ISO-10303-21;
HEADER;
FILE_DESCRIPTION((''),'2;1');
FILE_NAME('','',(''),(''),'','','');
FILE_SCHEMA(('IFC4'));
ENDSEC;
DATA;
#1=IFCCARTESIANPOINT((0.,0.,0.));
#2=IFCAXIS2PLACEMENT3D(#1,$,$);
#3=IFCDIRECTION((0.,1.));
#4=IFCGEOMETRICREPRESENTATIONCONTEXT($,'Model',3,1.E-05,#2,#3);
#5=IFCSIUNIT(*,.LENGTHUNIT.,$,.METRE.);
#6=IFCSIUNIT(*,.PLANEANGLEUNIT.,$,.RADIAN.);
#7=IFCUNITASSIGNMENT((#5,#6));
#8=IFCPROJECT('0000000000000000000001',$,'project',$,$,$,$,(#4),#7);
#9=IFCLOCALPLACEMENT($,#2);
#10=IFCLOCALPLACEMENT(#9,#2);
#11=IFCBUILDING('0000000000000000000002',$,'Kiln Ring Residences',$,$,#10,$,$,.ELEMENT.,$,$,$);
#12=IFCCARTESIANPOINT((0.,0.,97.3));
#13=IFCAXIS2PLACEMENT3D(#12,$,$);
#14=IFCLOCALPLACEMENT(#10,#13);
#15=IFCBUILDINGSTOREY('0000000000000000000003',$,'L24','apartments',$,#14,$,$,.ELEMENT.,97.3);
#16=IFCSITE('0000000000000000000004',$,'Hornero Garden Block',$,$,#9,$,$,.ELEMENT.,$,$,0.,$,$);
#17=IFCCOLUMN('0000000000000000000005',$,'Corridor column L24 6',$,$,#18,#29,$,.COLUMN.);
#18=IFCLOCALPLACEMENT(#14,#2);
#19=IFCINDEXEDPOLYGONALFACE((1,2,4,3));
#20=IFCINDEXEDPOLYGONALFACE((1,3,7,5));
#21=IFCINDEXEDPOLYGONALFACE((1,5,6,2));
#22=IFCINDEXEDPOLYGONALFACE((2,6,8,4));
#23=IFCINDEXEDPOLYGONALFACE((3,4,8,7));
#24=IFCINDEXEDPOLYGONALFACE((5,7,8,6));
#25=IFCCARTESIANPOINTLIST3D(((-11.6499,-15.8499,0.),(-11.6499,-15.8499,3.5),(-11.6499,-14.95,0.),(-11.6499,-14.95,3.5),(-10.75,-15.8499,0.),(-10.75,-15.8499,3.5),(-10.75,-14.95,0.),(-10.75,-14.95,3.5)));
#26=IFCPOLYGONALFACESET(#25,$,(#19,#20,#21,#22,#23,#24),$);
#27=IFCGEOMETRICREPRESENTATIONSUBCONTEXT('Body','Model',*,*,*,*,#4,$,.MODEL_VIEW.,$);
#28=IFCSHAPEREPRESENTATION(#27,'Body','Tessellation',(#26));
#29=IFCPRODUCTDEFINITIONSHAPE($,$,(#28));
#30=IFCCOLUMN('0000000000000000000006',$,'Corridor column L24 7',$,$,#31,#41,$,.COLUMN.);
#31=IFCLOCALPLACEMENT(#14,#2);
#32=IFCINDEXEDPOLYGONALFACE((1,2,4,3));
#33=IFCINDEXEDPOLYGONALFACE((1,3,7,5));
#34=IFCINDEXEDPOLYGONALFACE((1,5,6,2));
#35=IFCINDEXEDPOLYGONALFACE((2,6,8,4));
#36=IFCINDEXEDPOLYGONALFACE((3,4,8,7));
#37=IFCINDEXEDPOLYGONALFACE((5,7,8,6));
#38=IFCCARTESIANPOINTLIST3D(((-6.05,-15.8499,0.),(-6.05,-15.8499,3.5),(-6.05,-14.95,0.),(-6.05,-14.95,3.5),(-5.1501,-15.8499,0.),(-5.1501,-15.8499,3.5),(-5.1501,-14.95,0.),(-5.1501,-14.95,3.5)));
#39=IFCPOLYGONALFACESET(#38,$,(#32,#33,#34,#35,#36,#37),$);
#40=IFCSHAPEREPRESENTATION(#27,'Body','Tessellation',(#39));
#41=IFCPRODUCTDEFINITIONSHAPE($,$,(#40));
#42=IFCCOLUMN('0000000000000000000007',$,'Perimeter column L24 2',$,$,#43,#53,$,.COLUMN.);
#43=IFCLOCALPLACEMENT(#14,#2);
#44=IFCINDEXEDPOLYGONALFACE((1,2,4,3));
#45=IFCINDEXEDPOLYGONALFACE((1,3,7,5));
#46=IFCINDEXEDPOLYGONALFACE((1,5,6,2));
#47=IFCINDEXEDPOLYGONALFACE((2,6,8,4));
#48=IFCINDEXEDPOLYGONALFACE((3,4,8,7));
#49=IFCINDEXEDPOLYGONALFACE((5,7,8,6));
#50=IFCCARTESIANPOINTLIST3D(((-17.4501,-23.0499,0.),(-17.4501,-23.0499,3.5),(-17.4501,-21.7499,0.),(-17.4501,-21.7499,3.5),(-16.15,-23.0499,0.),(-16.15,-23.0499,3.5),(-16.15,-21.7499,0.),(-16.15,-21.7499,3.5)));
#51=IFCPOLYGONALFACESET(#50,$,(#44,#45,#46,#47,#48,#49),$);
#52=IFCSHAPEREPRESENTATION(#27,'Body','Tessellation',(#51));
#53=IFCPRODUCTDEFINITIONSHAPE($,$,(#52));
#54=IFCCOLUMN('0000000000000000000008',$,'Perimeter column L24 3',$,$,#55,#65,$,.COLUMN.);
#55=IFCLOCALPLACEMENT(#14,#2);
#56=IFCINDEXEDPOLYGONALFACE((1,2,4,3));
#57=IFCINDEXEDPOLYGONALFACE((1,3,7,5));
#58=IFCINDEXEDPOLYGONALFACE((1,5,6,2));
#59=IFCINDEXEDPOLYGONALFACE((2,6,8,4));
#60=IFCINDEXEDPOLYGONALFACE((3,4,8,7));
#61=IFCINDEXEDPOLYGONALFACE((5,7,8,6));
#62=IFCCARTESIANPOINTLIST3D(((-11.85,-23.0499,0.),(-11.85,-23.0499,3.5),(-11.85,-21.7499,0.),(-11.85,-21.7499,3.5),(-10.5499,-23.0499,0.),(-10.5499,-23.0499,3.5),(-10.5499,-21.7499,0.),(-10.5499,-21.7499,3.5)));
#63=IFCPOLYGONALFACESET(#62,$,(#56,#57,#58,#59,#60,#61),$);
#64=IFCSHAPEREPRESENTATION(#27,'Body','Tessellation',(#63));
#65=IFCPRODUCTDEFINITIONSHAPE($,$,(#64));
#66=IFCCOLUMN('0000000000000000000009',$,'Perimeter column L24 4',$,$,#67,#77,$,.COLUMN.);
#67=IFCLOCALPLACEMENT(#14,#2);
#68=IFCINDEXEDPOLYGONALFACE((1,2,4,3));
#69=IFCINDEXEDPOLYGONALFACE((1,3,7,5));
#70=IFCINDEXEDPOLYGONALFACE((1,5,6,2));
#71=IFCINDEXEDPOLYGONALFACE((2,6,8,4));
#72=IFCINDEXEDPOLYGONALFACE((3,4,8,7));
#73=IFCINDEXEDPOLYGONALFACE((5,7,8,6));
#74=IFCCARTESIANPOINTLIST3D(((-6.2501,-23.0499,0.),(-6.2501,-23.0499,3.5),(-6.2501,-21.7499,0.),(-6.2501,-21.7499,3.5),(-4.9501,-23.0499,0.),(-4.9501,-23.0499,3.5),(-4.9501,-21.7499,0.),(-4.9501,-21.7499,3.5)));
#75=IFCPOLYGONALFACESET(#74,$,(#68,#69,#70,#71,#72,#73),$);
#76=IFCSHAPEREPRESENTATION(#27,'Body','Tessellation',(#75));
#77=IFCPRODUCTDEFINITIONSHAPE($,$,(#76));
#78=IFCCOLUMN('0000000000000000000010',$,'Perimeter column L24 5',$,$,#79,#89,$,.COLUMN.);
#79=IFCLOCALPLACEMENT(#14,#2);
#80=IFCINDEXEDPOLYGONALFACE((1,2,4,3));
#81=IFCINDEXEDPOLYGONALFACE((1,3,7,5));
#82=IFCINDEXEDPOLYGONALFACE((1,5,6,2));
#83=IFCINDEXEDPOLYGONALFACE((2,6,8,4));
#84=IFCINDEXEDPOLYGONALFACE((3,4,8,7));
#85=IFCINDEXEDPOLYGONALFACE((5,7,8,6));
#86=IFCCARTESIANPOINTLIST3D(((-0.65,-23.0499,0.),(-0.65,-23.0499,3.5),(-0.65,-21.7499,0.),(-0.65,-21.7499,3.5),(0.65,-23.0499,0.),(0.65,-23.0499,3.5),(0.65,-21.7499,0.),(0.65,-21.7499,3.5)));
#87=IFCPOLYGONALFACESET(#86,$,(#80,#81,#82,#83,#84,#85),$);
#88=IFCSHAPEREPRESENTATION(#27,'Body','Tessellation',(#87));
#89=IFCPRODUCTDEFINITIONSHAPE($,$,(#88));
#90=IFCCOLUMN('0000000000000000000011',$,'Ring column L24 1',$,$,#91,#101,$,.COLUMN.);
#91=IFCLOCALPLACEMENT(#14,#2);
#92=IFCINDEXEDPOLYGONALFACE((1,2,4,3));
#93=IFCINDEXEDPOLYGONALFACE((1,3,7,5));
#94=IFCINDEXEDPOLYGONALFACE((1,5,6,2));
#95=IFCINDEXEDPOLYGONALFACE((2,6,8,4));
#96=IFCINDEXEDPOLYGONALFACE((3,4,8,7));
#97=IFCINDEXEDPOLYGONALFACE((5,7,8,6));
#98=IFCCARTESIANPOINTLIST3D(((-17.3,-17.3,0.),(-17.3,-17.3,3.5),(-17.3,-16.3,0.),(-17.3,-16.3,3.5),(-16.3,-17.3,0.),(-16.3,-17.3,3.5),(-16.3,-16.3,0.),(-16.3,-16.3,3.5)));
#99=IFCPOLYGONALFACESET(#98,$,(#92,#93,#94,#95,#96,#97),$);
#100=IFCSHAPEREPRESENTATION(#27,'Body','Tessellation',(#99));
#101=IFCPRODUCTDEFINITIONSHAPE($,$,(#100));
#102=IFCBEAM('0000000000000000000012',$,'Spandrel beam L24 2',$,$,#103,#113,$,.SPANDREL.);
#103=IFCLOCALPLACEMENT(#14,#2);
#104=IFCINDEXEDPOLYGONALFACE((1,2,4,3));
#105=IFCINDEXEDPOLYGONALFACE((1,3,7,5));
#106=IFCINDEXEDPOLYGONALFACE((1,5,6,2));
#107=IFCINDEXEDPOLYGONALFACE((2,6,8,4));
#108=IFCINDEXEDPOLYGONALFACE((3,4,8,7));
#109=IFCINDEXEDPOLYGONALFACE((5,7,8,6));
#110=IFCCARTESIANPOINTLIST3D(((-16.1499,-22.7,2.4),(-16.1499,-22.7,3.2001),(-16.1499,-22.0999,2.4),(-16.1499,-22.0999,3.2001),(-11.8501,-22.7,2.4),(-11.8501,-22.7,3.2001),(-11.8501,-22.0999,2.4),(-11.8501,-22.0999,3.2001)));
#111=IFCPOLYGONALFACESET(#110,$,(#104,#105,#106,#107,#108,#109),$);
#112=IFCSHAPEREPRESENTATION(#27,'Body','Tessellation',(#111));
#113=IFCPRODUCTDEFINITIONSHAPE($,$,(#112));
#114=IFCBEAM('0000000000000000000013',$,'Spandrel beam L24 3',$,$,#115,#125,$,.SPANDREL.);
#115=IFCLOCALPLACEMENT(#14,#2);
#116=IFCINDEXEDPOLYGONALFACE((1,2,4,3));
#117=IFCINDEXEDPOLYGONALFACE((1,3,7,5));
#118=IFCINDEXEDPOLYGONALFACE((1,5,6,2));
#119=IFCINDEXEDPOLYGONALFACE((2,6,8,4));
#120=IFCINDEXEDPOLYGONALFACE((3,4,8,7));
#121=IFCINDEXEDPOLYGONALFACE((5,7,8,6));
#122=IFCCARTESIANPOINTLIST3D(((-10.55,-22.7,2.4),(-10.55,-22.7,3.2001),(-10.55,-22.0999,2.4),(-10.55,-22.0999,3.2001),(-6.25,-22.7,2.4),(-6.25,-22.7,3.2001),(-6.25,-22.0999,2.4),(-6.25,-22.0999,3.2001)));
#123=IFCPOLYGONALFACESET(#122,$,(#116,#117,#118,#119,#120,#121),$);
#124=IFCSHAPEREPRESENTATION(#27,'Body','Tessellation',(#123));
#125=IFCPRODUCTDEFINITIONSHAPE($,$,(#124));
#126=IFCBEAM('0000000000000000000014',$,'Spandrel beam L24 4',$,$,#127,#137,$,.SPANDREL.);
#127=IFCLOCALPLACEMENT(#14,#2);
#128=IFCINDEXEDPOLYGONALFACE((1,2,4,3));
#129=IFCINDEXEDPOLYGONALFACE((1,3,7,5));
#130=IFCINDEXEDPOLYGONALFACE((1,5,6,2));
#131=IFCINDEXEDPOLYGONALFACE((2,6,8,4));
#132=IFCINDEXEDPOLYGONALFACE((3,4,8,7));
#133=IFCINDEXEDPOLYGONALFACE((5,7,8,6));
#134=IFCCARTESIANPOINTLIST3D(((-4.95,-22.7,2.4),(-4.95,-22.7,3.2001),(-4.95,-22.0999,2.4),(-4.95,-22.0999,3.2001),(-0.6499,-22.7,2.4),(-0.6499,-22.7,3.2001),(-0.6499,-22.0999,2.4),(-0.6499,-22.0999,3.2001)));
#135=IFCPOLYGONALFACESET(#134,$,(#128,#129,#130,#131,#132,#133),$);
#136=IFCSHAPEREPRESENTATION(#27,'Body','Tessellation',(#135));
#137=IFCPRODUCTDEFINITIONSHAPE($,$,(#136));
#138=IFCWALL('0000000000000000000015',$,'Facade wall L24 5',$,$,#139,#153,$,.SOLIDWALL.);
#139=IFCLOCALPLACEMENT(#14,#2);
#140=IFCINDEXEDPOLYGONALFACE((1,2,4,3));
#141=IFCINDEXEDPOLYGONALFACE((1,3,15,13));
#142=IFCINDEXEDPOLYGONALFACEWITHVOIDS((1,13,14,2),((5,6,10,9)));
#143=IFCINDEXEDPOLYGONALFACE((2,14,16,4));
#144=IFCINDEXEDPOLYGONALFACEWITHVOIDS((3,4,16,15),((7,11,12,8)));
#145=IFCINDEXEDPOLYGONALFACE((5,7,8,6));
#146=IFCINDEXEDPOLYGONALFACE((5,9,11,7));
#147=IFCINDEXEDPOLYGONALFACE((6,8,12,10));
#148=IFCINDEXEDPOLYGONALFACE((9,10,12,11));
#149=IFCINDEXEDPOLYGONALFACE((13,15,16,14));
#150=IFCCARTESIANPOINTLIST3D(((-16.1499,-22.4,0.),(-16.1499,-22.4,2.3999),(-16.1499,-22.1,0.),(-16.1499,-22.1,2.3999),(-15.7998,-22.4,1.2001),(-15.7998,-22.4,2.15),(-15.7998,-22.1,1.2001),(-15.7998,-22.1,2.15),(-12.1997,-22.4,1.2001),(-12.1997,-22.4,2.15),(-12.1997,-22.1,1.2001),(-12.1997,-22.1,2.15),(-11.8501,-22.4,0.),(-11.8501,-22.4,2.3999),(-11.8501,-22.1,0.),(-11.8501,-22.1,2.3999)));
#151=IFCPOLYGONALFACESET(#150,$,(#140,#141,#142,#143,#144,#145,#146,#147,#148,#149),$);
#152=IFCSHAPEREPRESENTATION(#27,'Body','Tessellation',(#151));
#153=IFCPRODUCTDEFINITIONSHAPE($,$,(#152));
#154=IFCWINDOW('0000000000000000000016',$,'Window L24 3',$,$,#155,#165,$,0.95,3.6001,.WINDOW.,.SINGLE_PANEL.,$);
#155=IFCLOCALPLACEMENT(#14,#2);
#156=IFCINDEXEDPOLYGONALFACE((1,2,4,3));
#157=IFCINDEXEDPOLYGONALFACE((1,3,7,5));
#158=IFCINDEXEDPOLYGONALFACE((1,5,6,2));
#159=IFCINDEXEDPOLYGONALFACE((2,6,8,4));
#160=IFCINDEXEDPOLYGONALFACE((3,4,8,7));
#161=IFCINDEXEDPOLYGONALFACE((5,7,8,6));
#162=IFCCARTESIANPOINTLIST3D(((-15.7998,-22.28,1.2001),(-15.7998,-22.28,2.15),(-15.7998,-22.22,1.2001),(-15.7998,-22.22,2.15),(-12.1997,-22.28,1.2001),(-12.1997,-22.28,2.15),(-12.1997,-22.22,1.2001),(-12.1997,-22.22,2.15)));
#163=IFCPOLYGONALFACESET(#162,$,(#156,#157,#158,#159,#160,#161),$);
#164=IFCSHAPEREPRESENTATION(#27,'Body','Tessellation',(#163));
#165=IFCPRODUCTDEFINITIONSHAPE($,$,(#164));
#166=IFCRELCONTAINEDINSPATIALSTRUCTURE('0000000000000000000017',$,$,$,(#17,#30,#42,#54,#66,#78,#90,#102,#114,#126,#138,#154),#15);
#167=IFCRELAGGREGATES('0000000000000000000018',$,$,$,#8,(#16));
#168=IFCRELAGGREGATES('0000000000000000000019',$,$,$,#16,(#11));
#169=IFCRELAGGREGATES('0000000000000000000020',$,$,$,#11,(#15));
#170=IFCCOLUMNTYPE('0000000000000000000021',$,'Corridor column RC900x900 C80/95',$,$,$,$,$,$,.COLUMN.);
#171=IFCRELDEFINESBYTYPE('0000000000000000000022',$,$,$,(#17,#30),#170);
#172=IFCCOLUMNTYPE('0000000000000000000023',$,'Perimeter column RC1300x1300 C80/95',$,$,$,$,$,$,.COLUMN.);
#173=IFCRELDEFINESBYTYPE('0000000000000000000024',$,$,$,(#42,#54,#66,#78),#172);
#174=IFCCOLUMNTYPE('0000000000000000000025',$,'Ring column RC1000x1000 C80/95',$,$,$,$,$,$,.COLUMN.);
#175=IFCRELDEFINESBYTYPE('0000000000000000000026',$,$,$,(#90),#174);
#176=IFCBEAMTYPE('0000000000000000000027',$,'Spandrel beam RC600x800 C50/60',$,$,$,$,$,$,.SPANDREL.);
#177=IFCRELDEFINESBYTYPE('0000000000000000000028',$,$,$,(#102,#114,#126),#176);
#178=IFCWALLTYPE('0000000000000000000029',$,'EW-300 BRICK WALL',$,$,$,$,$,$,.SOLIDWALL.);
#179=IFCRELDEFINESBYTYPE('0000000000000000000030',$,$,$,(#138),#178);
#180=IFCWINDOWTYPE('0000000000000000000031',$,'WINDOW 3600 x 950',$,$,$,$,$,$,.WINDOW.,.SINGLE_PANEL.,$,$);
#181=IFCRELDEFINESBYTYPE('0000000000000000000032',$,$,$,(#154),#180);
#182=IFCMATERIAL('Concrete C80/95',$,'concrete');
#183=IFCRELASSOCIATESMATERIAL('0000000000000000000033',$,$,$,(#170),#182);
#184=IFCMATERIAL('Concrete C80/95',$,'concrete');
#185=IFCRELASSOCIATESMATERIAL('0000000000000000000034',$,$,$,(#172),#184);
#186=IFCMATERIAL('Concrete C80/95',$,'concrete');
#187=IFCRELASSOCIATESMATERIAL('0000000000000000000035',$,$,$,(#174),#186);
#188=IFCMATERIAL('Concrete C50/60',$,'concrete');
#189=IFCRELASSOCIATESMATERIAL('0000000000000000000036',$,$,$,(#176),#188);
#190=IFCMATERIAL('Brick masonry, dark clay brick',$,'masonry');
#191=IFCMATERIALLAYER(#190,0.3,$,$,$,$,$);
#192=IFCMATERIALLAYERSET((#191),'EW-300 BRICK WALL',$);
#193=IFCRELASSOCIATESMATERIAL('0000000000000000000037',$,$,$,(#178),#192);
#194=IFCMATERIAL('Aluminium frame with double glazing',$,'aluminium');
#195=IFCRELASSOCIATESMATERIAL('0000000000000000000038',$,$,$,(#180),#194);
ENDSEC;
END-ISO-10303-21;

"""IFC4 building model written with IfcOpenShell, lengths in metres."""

from ifc_helpers import new_model, si_unit, direction, frame, frame_2d, origin, origin_2d, place, context, subcontext, project, spatial, rectangle, extrude, material, layer, layer_set, material_profile, profile_set, type_object, element, fill, save


model = new_model("IFC4")

# Units and contexts
model_context = context("Model", 3, precision=1e-05, world=origin(), true_north=direction((0.0, 1.0)))
body_context = subcontext(model_context, "Body", "Model", "MODEL_VIEW")
ifc_project = project(units=[si_unit("LENGTHUNIT", "METRE"), si_unit("PLANEANGLEUNIT", "RADIAN")], contexts=[model_context])

# Site, building, storey
site_placement = place(None, origin())
site = spatial("IfcSite", under=ifc_project, at=site_placement, Name="Hornero Garden Block", CompositionType="ELEMENT", RefElevation=0.0)
building_placement = place(site_placement, origin())
building = spatial("IfcBuilding", under=site, at=building_placement, Name="Kiln Ring Residences", CompositionType="ELEMENT")
storey_placement = place(building_placement, frame((0.0, 0.0, 97.3)))
storey = spatial("IfcBuildingStorey", under=building, at=storey_placement, Name="L24", Description="apartments", CompositionType="ELEMENT", Elevation=97.3)

# Columns
ifc_material_1 = material(Name="Concrete C80/95", Category="concrete")
ifc_material_profile_1 = material_profile(ifc_material_1, rectangle(XDim=0.8999, YDim=0.8999, at=origin_2d()), Name="RC900x900")
ifc_profile_set_1 = profile_set([ifc_material_profile_1], Name="Concrete C80/95")
column_type_1 = type_object("IfcColumnType", Name="Corridor column RC900x900 C80/95", PredefinedType="COLUMN", material=ifc_profile_set_1)
for number, where, z_axis, x_axis, name in (
    (1, (-11.2, -15.3999, 0.0), (0.0, 0.0, 1.0), (1.0, 0.0, 0.0), "Corridor column L24 6"),
    (2, (-5.6001, -15.3999, 0.0), (0.0, 0.0, 1.0), (1.0, 0.0, 0.0), "Corridor column L24 7"),
):
    element("IfcColumn", number, at=place(storey_placement, frame(where, z_axis=z_axis, x_axis=x_axis)), inside=storey, type_object=column_type_1, Name=name, PredefinedType="COLUMN", context=body_context, shape_type="SweptSolid", body=[
        extrude(rectangle(XDim=0.8999, YDim=0.8999, at=origin_2d()), origin(), (0.0, 0.0, 1.0), 3.5),
    ])
ifc_material_2 = material(Name="Concrete C80/95", Category="concrete")
ifc_material_profile_2 = material_profile(ifc_material_2, rectangle(XDim=1.3, YDim=1.3, at=origin_2d()), Name="RC1300x1300")
ifc_profile_set_2 = profile_set([ifc_material_profile_2], Name="Concrete C80/95")
column_type_2 = type_object("IfcColumnType", Name="Perimeter column RC1300x1300 C80/95", PredefinedType="COLUMN", material=ifc_profile_set_2)
for number, where, z_axis, x_axis, name in (
    (3, (-16.8, -22.3999, 0.0), (0.0, 0.0, 1.0), (1.0, 0.0, 0.0), "Perimeter column L24 2"),
    (4, (-11.2, -22.3999, 0.0), (0.0, 0.0, 1.0), (1.0, 0.0, 0.0), "Perimeter column L24 3"),
    (5, (-5.6001, -22.3999, 0.0), (0.0, 0.0, 1.0), (1.0, 0.0, 0.0), "Perimeter column L24 4"),
    (6, (0.0, -22.3999, 0.0), (0.0, 0.0, 1.0), (1.0, 0.0, 0.0), "Perimeter column L24 5"),
):
    element("IfcColumn", number, at=place(storey_placement, frame(where, z_axis=z_axis, x_axis=x_axis)), inside=storey, type_object=column_type_2, Name=name, PredefinedType="COLUMN", context=body_context, shape_type="SweptSolid", body=[
        extrude(rectangle(XDim=1.3, YDim=1.3, at=origin_2d()), origin(), (0.0, 0.0, 1.0), 3.5),
    ])
ifc_material_3 = material(Name="Concrete C80/95", Category="concrete")
ifc_material_profile_3 = material_profile(ifc_material_3, rectangle(XDim=1.0, YDim=1.0, at=origin_2d()), Name="RC1000x1000")
ifc_profile_set_3 = profile_set([ifc_material_profile_3], Name="Concrete C80/95")
column_type_3 = type_object("IfcColumnType", Name="Ring column RC1000x1000 C80/95", PredefinedType="COLUMN", material=ifc_profile_set_3)
column_placement = place(storey_placement, frame((-16.8, -16.8, 0.0), z_axis=(0.0, 0.0, 1.0), x_axis=(1.0, 0.0, 0.0)))
element("IfcColumn", 7, at=column_placement, inside=storey, type_object=column_type_3, Name="Ring column L24 1", PredefinedType="COLUMN", context=body_context, shape_type="SweptSolid", body=[
    extrude(rectangle(XDim=1.0, YDim=1.0, at=origin_2d()), origin(), (0.0, 0.0, 1.0), 3.5),
])

# Beams
ifc_material_4 = material(Name="Concrete C50/60", Category="concrete")
ifc_material_profile_4 = material_profile(ifc_material_4, rectangle(XDim=0.6001, YDim=0.8, at=origin_2d()), Name="RC600x800")
ifc_profile_set_4 = profile_set([ifc_material_profile_4], Name="Concrete C50/60")
beam_type = type_object("IfcBeamType", Name="Spandrel beam RC600x800 C50/60", PredefinedType="SPANDREL", material=ifc_profile_set_4)
beam_placement = place(storey_placement, frame((-16.1499, -22.3999, 2.8), z_axis=(1.0, 0.0, 0.0), x_axis=(0.0, 1.0, 0.0)))
element("IfcBeam", 8, at=beam_placement, inside=storey, type_object=beam_type, Name="Spandrel beam L24 2", PredefinedType="SPANDREL", context=body_context, shape_type="SweptSolid", body=[
    extrude(rectangle(XDim=0.6001, YDim=0.8, at=origin_2d()), origin(), (0.0, 0.0, 1.0), 4.2998),
])
for number, where, z_axis, x_axis, name in (
    (9, (-10.55, -22.3999, 2.8), (1.0, 0.0, 0.0), (0.0, 1.0, 0.0), "Spandrel beam L24 3"),
    (10, (-4.95, -22.3999, 2.8), (1.0, 0.0, 0.0), (0.0, 1.0, 0.0), "Spandrel beam L24 4"),
):
    element("IfcBeam", number, at=place(storey_placement, frame(where, z_axis=z_axis, x_axis=x_axis)), inside=storey, type_object=beam_type, Name=name, PredefinedType="SPANDREL", context=body_context, shape_type="SweptSolid", body=[
        extrude(rectangle(XDim=0.6001, YDim=0.8, at=origin_2d()), origin(), (0.0, 0.0, 1.0), 4.3),
    ])

# Wall, opening, window
ifc_material_5 = material(Name="Brick masonry, dark clay brick", Category="masonry")
ifc_layer_1 = layer(ifc_material_5, 0.3)
ifc_layer_set_1 = layer_set([ifc_layer_1], Name="EW-300 BRICK WALL")
wall_type_1 = type_object("IfcWallType", Name="EW-300 BRICK WALL", PredefinedType="SOLIDWALL", material=ifc_layer_set_1)
wall_1_placement = place(storey_placement, frame((-16.1499, -22.25, 0.0), z_axis=(0.0, 0.0, 1.0), x_axis=(1.0, 0.0, 0.0)))
wall_1 = element("IfcWall", 11, at=wall_1_placement, inside=storey, type_object=wall_type_1, Name="Facade wall L24 5", PredefinedType="SOLIDWALL", context=body_context, shape_type="SweptSolid", body=[
    extrude(rectangle(XDim=4.2998, YDim=0.3, at=frame_2d((2.1499, 0.0))), origin(), (0.0, 0.0, 1.0), 2.3999),
])
opening_1_placement = place(wall_1_placement, frame((0.3501, 0.0, 1.2)))
opening_1 = element("IfcOpeningElement", 12, at=opening_1_placement, cuts=wall_1, PredefinedType="OPENING", context=body_context, shape_type="SweptSolid", body=[
    extrude(rectangle(XDim=3.6001, YDim=0.95, at=frame_2d((1.8, 0.4751))), frame((0.0, 0.1599, 0.0), z_axis=(0.0, -1.0, 0.0), x_axis=(1.0, 0.0, 0.0)), (0.0, 0.0, 1.0), 0.3201),
])
ifc_material_6 = material(Name="Aluminium frame with double glazing", Category="aluminium")
window_type = type_object("IfcWindowType", Name="WINDOW 3600 x 950", PartitioningType="SINGLE_PANEL", PredefinedType="WINDOW", material=ifc_material_6)
window_1_placement = place(opening_1_placement, origin())
window_1 = element("IfcWindow", 13, at=window_1_placement, inside=storey, type_object=window_type, Name="Window L24 3", OverallHeight=0.95, OverallWidth=3.6001, PartitioningType="SINGLE_PANEL", PredefinedType="WINDOW", context=body_context, shape_type="SweptSolid", body=[
    extrude(rectangle(XDim=3.6001, YDim=0.95, at=frame_2d((1.8, 0.4751))), frame((0.0, 0.03, 0.0), z_axis=(0.0, -1.0, 0.0), x_axis=(1.0, 0.0, 0.0)), (0.0, 0.0, 1.0), 0.0601),
])
fill(opening_1, window_1)

save(model, "model.ifc")
